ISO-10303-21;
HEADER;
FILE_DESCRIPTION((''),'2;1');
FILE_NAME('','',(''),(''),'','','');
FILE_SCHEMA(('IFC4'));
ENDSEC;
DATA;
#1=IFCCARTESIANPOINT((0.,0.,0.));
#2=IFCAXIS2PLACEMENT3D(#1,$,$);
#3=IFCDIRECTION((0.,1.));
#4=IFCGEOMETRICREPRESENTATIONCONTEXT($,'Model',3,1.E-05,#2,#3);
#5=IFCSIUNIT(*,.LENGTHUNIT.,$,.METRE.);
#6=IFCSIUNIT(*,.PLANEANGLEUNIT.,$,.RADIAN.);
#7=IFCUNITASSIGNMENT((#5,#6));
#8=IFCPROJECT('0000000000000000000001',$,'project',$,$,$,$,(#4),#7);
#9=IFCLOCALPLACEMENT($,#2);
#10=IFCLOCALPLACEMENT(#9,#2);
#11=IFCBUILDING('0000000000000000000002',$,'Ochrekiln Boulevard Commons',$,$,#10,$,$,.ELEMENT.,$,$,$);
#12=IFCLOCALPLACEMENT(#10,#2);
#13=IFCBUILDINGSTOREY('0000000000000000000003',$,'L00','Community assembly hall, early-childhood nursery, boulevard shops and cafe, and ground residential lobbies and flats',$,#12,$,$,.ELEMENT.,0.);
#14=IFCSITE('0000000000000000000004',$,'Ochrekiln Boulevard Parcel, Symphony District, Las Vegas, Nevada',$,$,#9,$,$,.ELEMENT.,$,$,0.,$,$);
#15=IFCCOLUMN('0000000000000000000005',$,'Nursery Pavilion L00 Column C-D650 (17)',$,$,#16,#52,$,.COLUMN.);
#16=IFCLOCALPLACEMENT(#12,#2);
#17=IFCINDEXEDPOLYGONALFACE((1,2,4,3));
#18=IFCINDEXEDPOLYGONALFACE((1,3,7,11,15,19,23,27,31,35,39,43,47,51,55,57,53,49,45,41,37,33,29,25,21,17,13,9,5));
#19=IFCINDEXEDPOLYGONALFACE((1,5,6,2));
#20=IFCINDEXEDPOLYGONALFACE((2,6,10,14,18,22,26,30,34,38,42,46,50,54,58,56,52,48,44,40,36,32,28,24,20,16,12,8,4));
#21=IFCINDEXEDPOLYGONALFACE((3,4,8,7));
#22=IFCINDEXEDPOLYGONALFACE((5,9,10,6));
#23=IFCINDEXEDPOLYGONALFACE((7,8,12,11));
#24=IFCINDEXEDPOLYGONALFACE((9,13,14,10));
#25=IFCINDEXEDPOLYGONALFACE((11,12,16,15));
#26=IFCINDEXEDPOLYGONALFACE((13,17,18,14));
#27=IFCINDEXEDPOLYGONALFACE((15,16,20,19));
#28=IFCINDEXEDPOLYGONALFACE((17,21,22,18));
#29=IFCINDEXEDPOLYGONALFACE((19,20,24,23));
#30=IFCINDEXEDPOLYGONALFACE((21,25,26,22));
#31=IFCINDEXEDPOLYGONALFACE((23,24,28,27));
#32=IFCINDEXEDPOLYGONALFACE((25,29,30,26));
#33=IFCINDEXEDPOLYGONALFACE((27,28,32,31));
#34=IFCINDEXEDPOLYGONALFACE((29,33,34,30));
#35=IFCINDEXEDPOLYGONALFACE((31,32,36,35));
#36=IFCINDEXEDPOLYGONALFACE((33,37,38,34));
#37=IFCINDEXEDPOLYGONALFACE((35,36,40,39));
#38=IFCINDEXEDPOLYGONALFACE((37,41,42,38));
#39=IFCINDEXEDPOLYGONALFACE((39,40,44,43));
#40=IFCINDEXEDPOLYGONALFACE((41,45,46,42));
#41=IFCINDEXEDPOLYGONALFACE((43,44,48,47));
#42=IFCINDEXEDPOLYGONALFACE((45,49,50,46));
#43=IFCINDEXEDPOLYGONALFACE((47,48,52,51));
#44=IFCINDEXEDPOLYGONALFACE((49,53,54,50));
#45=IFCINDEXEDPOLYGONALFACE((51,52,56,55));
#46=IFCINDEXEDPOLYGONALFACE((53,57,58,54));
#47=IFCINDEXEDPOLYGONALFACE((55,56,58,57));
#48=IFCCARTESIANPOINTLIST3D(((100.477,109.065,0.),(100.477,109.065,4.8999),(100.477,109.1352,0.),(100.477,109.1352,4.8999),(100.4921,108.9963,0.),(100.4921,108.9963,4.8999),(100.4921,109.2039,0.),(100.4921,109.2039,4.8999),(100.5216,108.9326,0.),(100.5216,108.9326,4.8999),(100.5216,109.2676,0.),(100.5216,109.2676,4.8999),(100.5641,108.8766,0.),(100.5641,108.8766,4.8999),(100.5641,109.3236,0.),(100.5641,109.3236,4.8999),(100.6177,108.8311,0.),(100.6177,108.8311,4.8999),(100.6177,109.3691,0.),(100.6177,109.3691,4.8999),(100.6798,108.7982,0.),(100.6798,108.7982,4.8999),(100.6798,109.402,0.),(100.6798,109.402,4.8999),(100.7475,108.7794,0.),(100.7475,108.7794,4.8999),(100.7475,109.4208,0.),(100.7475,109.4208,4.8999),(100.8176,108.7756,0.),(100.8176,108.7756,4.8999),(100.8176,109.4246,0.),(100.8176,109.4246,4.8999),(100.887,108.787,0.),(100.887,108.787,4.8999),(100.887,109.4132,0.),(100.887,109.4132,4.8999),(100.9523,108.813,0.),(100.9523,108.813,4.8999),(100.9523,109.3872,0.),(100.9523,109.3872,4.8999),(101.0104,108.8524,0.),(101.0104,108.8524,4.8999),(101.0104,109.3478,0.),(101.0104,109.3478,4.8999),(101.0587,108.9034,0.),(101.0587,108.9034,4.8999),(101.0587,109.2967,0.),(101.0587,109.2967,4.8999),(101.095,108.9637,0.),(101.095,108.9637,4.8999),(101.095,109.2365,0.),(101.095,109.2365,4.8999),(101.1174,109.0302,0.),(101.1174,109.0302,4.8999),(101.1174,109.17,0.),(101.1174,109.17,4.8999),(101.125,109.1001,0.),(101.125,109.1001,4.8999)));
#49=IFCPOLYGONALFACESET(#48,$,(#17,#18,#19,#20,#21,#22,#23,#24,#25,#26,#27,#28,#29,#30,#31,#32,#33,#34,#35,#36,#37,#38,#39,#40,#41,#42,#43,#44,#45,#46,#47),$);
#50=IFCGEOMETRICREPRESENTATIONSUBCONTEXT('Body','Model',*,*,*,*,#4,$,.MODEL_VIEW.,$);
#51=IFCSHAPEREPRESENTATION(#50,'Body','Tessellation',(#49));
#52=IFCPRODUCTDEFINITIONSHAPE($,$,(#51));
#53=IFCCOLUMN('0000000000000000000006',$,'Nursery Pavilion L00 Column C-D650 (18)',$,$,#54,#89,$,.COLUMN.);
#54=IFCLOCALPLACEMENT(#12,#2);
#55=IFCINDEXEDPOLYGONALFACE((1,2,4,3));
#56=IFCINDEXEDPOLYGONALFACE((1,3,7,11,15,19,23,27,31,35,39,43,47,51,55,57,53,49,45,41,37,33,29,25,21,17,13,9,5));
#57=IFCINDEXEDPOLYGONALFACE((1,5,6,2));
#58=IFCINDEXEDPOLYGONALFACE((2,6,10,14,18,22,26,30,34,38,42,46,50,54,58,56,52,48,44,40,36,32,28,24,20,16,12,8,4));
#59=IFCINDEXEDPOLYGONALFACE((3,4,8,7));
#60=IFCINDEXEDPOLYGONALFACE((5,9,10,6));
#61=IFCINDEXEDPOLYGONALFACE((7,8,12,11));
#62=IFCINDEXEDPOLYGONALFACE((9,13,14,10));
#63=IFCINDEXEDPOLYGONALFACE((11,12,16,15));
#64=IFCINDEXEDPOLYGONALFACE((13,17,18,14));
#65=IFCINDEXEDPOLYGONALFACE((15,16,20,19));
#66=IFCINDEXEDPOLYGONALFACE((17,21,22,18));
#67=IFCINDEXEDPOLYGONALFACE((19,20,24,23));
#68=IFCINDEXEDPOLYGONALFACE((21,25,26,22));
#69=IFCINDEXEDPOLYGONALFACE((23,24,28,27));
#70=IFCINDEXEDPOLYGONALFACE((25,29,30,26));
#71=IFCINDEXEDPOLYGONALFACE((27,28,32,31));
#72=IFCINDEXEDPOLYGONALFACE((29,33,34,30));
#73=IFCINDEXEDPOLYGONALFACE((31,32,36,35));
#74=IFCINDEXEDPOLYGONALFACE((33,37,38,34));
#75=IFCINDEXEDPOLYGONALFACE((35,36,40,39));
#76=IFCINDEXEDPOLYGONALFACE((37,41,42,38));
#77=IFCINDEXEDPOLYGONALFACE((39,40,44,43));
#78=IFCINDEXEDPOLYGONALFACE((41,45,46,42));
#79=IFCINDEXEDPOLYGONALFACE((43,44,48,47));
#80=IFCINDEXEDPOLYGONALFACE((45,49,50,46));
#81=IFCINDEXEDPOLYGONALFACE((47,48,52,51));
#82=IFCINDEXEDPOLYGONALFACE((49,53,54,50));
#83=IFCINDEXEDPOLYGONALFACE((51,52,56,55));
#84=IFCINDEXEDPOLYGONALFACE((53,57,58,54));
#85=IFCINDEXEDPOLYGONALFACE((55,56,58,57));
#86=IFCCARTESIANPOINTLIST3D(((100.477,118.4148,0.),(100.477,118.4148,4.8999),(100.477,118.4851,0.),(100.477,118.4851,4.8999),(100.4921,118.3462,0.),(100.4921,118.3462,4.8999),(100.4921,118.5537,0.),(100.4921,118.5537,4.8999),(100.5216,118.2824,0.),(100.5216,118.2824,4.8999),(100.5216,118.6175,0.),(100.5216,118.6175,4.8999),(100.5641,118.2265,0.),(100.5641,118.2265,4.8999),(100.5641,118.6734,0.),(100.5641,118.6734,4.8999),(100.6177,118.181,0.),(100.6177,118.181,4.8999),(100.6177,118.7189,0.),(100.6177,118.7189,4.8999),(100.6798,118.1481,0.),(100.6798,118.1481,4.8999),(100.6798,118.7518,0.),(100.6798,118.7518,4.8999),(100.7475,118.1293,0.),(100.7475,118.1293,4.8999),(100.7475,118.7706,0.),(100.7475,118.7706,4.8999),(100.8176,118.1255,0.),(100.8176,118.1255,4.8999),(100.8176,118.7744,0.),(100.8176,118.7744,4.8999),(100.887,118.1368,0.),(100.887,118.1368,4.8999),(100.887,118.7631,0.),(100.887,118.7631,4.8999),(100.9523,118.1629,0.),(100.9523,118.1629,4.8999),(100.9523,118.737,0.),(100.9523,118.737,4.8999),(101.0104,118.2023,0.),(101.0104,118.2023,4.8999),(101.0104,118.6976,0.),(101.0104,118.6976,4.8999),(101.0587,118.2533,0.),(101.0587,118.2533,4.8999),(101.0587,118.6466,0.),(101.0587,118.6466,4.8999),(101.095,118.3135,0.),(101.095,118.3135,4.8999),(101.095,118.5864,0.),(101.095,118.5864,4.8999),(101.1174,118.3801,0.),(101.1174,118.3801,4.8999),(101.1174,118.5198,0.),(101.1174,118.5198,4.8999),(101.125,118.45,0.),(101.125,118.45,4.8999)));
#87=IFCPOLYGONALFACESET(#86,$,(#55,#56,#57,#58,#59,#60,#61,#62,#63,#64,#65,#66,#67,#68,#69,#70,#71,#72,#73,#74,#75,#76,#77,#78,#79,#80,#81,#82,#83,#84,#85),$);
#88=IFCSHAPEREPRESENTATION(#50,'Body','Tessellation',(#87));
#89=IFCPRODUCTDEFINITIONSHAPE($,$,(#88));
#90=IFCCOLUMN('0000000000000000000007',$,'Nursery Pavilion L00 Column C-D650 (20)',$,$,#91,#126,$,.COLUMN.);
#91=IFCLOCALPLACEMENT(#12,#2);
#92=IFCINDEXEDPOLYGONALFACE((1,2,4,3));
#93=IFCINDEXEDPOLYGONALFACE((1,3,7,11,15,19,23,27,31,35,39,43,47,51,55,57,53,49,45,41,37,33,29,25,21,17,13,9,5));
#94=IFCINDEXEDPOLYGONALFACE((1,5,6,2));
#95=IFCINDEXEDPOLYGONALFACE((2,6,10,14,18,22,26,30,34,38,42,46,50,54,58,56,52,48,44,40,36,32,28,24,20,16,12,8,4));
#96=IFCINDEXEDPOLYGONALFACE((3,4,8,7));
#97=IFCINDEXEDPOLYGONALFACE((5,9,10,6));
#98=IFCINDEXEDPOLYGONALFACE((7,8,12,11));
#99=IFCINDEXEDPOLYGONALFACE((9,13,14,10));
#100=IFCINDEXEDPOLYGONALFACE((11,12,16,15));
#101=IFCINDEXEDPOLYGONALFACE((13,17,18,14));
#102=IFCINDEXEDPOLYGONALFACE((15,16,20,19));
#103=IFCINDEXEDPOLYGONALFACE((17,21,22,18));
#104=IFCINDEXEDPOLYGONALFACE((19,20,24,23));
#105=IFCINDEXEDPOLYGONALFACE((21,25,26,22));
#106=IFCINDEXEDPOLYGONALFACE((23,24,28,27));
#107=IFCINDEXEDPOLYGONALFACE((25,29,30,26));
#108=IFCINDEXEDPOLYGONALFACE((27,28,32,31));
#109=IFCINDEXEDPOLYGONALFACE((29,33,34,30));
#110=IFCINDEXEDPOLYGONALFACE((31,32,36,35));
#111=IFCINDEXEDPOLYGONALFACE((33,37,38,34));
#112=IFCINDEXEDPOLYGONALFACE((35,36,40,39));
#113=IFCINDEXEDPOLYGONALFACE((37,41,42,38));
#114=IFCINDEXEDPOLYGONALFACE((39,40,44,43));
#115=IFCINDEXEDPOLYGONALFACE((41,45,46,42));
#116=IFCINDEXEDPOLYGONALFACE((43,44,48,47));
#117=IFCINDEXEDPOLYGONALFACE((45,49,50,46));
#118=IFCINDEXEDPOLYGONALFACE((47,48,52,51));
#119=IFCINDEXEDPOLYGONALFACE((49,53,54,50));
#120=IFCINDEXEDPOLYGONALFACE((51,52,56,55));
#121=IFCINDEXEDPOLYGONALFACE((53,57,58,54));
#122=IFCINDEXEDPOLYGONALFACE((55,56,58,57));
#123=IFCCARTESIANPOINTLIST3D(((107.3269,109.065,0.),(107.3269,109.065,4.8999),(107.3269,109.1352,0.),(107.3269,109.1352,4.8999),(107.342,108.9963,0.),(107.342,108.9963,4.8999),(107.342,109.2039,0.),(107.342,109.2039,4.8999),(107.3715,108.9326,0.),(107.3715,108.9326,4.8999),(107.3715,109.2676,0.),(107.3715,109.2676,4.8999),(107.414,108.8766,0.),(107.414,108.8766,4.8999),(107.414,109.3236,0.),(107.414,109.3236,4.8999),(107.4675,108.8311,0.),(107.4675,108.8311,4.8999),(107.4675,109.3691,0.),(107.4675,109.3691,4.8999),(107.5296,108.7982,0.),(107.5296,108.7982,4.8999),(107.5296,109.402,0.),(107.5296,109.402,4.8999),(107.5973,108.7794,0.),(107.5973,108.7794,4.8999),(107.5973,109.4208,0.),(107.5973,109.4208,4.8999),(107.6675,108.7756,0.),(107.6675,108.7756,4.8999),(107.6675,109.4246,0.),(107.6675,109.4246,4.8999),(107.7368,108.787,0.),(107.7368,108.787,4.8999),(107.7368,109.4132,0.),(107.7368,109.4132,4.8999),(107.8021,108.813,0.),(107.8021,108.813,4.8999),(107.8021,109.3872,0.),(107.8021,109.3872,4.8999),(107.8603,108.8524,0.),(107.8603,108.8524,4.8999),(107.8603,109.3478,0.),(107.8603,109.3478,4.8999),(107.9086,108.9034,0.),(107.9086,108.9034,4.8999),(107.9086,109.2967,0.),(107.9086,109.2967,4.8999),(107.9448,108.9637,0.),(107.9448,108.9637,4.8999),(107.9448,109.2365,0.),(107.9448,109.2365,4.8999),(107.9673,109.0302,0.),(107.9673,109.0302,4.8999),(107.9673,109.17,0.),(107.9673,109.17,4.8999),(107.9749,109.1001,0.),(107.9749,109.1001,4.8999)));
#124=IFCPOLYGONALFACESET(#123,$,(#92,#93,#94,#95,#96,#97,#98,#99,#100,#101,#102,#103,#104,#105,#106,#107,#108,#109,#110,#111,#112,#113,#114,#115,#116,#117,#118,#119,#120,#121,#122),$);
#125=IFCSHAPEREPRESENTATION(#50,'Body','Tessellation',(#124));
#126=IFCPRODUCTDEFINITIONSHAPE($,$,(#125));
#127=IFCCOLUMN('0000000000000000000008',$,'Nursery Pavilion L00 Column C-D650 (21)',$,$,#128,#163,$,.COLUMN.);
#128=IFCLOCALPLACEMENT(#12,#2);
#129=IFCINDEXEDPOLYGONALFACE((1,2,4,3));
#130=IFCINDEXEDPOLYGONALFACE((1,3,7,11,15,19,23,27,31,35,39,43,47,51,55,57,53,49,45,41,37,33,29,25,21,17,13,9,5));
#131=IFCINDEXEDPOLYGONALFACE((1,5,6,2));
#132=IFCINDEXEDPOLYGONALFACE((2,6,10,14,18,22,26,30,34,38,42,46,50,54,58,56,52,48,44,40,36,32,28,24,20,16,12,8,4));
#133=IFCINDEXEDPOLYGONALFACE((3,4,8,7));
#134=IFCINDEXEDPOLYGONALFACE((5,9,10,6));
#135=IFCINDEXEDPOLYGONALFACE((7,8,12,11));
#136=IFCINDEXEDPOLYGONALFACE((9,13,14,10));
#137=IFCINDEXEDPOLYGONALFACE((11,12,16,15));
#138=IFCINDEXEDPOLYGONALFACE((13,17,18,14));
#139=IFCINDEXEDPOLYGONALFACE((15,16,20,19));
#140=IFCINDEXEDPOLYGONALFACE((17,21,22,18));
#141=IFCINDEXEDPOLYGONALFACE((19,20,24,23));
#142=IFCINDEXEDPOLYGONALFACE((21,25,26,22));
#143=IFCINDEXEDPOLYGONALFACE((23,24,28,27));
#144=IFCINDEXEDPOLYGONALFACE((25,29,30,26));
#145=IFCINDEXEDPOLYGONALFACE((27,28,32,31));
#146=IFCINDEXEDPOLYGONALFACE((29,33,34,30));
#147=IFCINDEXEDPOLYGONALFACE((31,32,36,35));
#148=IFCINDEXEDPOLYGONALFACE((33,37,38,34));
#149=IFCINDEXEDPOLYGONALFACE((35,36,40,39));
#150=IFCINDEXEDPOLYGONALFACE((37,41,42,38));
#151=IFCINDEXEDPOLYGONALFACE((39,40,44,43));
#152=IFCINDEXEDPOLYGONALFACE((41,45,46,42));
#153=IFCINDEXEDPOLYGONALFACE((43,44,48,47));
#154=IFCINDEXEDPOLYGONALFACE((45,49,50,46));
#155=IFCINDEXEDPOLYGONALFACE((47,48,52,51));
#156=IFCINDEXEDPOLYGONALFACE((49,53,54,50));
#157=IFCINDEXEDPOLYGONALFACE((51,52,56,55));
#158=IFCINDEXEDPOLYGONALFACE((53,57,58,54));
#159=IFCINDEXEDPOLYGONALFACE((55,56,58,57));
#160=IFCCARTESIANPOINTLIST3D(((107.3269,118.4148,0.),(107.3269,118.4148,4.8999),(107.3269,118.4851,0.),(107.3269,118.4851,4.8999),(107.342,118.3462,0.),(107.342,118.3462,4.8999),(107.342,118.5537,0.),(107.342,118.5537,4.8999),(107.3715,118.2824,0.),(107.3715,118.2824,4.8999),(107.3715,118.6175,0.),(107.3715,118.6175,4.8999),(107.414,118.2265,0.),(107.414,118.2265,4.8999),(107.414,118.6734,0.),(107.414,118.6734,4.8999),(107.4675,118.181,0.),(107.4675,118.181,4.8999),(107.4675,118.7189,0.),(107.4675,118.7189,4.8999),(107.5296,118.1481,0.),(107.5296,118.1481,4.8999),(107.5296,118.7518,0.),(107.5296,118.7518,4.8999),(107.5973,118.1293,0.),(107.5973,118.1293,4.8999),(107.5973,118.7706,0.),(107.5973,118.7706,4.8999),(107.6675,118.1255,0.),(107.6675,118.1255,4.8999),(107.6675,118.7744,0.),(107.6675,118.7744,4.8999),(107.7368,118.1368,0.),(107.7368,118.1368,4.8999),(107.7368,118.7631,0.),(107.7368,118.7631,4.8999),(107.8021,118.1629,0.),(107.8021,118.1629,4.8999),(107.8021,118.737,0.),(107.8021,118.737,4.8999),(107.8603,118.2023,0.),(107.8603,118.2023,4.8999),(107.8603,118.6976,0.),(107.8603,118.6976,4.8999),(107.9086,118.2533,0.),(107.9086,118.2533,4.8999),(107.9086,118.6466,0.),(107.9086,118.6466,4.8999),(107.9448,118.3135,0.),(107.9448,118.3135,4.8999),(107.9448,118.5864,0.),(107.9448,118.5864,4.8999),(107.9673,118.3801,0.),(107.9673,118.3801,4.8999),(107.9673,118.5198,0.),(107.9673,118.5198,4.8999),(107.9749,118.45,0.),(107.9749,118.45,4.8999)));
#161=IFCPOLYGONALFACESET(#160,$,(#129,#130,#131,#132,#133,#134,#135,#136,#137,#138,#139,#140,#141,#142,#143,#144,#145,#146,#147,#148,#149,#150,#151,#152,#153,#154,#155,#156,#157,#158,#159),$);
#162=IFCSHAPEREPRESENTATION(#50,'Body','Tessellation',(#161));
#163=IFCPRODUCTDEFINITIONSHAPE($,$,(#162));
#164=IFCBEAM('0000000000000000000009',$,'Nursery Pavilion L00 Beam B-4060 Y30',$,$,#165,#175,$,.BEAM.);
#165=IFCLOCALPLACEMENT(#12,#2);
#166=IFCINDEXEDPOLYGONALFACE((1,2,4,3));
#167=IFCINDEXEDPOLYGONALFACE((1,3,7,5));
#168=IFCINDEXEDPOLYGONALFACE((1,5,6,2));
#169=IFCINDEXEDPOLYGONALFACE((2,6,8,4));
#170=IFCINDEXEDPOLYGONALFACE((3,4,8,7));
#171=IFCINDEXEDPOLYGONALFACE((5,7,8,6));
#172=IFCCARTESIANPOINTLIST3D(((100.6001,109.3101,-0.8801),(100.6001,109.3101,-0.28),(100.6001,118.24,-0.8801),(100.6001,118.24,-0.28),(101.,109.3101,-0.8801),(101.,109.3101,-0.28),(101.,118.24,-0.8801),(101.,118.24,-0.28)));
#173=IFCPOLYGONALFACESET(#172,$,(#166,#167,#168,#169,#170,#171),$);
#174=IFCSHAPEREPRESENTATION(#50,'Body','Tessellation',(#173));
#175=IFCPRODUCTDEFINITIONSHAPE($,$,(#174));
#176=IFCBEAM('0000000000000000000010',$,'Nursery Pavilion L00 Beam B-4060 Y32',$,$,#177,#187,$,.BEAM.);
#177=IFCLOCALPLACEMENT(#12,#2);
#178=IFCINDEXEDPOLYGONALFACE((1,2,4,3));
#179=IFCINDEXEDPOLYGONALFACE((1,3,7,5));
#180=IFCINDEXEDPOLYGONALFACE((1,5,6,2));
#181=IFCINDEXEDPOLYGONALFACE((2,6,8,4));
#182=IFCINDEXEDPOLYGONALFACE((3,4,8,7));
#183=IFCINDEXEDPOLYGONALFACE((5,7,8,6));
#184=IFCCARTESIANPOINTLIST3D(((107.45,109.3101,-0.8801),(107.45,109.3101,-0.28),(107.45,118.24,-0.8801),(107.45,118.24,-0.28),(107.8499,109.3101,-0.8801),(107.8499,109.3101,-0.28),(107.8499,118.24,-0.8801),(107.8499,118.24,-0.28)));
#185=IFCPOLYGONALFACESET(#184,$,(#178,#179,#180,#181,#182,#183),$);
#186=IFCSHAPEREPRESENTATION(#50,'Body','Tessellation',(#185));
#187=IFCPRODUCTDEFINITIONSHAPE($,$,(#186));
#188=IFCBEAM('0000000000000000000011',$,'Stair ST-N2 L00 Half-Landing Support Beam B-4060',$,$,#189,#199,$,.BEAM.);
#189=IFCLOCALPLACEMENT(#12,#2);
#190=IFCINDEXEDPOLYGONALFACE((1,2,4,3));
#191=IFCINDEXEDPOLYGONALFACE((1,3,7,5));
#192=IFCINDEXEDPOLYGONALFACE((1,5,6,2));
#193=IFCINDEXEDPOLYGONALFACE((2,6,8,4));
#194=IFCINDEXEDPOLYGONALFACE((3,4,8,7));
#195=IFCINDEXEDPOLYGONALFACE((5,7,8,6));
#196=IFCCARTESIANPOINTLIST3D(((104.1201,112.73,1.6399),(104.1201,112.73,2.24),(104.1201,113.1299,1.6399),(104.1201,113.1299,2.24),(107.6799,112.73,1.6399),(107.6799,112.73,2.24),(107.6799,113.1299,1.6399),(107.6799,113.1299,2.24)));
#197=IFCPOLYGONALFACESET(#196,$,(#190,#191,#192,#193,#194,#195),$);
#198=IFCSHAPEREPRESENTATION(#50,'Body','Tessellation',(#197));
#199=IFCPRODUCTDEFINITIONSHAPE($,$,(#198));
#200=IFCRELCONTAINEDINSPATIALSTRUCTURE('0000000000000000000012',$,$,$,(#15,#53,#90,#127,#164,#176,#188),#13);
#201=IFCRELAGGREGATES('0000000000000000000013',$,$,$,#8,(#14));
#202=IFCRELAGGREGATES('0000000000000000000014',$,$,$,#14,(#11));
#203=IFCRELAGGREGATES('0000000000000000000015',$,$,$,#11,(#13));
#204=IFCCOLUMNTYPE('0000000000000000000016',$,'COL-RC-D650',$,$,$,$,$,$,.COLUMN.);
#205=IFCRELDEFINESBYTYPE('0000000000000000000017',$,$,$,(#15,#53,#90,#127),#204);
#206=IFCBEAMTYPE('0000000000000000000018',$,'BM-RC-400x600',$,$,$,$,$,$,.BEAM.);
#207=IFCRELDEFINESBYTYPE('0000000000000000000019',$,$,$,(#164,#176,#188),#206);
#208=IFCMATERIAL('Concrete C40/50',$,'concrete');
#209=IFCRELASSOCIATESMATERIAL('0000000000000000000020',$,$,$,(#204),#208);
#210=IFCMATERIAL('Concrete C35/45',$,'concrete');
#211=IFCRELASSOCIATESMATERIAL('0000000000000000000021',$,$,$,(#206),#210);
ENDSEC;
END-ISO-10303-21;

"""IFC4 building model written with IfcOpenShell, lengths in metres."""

from ifc_helpers import new_model, si_unit, direction, frame, origin, origin_2d, place, context, subcontext, project, spatial, rectangle, circle, extrude, material, material_profile, profile_set, type_object, element, save


model = new_model("IFC4")

# Units and contexts
model_context = context("Model", 3, precision=1e-05, world=origin(), true_north=direction((0.0, 1.0)))
body_context = subcontext(model_context, "Body", "Model", "MODEL_VIEW")
ifc_project = project(units=[si_unit("LENGTHUNIT", "METRE"), si_unit("PLANEANGLEUNIT", "RADIAN")], contexts=[model_context])

# Site, building, storey
site_placement = place(None, origin())
site = spatial("IfcSite", under=ifc_project, at=site_placement, Name="Ochrekiln Boulevard Parcel, Symphony District, Las Vegas, Nevada", CompositionType="ELEMENT", RefElevation=0.0)
building_placement = place(site_placement, origin())
building = spatial("IfcBuilding", under=site, at=building_placement, Name="Ochrekiln Boulevard Commons", CompositionType="ELEMENT")
storey_placement = place(building_placement, origin())
storey = spatial("IfcBuildingStorey", under=building, at=storey_placement, Name="L00", Description="Community assembly hall, early-childhood nursery, boulevard shops and cafe, and ground residential lobbies and flats", CompositionType="ELEMENT", Elevation=0.0)

# Columns
ifc_material_1 = material(Name="Concrete C40/50", Category="concrete")
ifc_material_profile_1 = material_profile(ifc_material_1, circle(Radius=0.325, at=origin_2d()), Name="RC-COL-D650")
ifc_profile_set_1 = profile_set([ifc_material_profile_1], Name="Concrete C40/50")
column_type = type_object("IfcColumnType", Name="COL-RC-D650", PredefinedType="COLUMN", material=ifc_profile_set_1)
for number, where, z_axis, x_axis, name in (
    (1, (100.8, 109.1001, 0.0), (0.0, 0.0, 1.0), (1.0, 0.0, 0.0), "Nursery Pavilion L00 Column C-D650 (17)"),
    (2, (100.8, 118.45, 0.0), (0.0, 0.0, 1.0), (1.0, 0.0, 0.0), "Nursery Pavilion L00 Column C-D650 (18)"),
    (3, (107.6499, 109.1001, 0.0), (0.0, 0.0, 1.0), (1.0, 0.0, 0.0), "Nursery Pavilion L00 Column C-D650 (20)"),
    (4, (107.6499, 118.45, 0.0), (0.0, 0.0, 1.0), (1.0, 0.0, 0.0), "Nursery Pavilion L00 Column C-D650 (21)"),
):
    element("IfcColumn", number, at=place(storey_placement, frame(where, z_axis=z_axis, x_axis=x_axis)), inside=storey, type_object=column_type, Name=name, PredefinedType="COLUMN", context=body_context, shape_type="SweptSolid", body=[
        extrude(circle(Radius=0.325, at=origin_2d()), origin(), (0.0, 0.0, 1.0), 4.8999),
    ])

# Beams
ifc_material_2 = material(Name="Concrete C35/45", Category="concrete")
ifc_material_profile_2 = material_profile(ifc_material_2, rectangle(XDim=0.3999, YDim=0.6001, at=origin_2d()), Name="RC-BM-400x600")
ifc_profile_set_2 = profile_set([ifc_material_profile_2], Name="Concrete C35/45")
beam_type_1 = type_object("IfcBeamType", Name="BM-RC-400x600", PredefinedType="BEAM", material=ifc_profile_set_2)
for number, where, z_axis, x_axis, name in (
    (5, (100.8, 109.3101, -0.5801), (0.0, 1.0, 0.0), (-1.0, 0.0, 0.0), "Nursery Pavilion L00 Beam B-4060 Y30"),
    (6, (107.6499, 109.3101, -0.5801), (0.0, 1.0, 0.0), (-1.0, 0.0, 0.0), "Nursery Pavilion L00 Beam B-4060 Y32"),
):
    element("IfcBeam", number, at=place(storey_placement, frame(where, z_axis=z_axis, x_axis=x_axis)), inside=storey, type_object=beam_type_1, Name=name, PredefinedType="BEAM", context=body_context, shape_type="SweptSolid", body=[
        extrude(rectangle(XDim=0.3999, YDim=0.6001, at=origin_2d()), origin(), (0.0, 0.0, 1.0), 8.9299),
    ])
beam_placement = place(storey_placement, frame((104.1201, 112.9299, 1.9399), z_axis=(1.0, 0.0, 0.0), x_axis=(0.0, 1.0, 0.0)))
element("IfcBeam", 7, at=beam_placement, inside=storey, type_object=beam_type_1, Name="Stair ST-N2 L00 Half-Landing Support Beam B-4060", PredefinedType="BEAM", context=body_context, shape_type="SweptSolid", body=[
    extrude(rectangle(XDim=0.3999, YDim=0.6001, at=origin_2d()), origin(), (0.0, 0.0, 1.0), 3.5598),
])

save(model, "model.ifc")
